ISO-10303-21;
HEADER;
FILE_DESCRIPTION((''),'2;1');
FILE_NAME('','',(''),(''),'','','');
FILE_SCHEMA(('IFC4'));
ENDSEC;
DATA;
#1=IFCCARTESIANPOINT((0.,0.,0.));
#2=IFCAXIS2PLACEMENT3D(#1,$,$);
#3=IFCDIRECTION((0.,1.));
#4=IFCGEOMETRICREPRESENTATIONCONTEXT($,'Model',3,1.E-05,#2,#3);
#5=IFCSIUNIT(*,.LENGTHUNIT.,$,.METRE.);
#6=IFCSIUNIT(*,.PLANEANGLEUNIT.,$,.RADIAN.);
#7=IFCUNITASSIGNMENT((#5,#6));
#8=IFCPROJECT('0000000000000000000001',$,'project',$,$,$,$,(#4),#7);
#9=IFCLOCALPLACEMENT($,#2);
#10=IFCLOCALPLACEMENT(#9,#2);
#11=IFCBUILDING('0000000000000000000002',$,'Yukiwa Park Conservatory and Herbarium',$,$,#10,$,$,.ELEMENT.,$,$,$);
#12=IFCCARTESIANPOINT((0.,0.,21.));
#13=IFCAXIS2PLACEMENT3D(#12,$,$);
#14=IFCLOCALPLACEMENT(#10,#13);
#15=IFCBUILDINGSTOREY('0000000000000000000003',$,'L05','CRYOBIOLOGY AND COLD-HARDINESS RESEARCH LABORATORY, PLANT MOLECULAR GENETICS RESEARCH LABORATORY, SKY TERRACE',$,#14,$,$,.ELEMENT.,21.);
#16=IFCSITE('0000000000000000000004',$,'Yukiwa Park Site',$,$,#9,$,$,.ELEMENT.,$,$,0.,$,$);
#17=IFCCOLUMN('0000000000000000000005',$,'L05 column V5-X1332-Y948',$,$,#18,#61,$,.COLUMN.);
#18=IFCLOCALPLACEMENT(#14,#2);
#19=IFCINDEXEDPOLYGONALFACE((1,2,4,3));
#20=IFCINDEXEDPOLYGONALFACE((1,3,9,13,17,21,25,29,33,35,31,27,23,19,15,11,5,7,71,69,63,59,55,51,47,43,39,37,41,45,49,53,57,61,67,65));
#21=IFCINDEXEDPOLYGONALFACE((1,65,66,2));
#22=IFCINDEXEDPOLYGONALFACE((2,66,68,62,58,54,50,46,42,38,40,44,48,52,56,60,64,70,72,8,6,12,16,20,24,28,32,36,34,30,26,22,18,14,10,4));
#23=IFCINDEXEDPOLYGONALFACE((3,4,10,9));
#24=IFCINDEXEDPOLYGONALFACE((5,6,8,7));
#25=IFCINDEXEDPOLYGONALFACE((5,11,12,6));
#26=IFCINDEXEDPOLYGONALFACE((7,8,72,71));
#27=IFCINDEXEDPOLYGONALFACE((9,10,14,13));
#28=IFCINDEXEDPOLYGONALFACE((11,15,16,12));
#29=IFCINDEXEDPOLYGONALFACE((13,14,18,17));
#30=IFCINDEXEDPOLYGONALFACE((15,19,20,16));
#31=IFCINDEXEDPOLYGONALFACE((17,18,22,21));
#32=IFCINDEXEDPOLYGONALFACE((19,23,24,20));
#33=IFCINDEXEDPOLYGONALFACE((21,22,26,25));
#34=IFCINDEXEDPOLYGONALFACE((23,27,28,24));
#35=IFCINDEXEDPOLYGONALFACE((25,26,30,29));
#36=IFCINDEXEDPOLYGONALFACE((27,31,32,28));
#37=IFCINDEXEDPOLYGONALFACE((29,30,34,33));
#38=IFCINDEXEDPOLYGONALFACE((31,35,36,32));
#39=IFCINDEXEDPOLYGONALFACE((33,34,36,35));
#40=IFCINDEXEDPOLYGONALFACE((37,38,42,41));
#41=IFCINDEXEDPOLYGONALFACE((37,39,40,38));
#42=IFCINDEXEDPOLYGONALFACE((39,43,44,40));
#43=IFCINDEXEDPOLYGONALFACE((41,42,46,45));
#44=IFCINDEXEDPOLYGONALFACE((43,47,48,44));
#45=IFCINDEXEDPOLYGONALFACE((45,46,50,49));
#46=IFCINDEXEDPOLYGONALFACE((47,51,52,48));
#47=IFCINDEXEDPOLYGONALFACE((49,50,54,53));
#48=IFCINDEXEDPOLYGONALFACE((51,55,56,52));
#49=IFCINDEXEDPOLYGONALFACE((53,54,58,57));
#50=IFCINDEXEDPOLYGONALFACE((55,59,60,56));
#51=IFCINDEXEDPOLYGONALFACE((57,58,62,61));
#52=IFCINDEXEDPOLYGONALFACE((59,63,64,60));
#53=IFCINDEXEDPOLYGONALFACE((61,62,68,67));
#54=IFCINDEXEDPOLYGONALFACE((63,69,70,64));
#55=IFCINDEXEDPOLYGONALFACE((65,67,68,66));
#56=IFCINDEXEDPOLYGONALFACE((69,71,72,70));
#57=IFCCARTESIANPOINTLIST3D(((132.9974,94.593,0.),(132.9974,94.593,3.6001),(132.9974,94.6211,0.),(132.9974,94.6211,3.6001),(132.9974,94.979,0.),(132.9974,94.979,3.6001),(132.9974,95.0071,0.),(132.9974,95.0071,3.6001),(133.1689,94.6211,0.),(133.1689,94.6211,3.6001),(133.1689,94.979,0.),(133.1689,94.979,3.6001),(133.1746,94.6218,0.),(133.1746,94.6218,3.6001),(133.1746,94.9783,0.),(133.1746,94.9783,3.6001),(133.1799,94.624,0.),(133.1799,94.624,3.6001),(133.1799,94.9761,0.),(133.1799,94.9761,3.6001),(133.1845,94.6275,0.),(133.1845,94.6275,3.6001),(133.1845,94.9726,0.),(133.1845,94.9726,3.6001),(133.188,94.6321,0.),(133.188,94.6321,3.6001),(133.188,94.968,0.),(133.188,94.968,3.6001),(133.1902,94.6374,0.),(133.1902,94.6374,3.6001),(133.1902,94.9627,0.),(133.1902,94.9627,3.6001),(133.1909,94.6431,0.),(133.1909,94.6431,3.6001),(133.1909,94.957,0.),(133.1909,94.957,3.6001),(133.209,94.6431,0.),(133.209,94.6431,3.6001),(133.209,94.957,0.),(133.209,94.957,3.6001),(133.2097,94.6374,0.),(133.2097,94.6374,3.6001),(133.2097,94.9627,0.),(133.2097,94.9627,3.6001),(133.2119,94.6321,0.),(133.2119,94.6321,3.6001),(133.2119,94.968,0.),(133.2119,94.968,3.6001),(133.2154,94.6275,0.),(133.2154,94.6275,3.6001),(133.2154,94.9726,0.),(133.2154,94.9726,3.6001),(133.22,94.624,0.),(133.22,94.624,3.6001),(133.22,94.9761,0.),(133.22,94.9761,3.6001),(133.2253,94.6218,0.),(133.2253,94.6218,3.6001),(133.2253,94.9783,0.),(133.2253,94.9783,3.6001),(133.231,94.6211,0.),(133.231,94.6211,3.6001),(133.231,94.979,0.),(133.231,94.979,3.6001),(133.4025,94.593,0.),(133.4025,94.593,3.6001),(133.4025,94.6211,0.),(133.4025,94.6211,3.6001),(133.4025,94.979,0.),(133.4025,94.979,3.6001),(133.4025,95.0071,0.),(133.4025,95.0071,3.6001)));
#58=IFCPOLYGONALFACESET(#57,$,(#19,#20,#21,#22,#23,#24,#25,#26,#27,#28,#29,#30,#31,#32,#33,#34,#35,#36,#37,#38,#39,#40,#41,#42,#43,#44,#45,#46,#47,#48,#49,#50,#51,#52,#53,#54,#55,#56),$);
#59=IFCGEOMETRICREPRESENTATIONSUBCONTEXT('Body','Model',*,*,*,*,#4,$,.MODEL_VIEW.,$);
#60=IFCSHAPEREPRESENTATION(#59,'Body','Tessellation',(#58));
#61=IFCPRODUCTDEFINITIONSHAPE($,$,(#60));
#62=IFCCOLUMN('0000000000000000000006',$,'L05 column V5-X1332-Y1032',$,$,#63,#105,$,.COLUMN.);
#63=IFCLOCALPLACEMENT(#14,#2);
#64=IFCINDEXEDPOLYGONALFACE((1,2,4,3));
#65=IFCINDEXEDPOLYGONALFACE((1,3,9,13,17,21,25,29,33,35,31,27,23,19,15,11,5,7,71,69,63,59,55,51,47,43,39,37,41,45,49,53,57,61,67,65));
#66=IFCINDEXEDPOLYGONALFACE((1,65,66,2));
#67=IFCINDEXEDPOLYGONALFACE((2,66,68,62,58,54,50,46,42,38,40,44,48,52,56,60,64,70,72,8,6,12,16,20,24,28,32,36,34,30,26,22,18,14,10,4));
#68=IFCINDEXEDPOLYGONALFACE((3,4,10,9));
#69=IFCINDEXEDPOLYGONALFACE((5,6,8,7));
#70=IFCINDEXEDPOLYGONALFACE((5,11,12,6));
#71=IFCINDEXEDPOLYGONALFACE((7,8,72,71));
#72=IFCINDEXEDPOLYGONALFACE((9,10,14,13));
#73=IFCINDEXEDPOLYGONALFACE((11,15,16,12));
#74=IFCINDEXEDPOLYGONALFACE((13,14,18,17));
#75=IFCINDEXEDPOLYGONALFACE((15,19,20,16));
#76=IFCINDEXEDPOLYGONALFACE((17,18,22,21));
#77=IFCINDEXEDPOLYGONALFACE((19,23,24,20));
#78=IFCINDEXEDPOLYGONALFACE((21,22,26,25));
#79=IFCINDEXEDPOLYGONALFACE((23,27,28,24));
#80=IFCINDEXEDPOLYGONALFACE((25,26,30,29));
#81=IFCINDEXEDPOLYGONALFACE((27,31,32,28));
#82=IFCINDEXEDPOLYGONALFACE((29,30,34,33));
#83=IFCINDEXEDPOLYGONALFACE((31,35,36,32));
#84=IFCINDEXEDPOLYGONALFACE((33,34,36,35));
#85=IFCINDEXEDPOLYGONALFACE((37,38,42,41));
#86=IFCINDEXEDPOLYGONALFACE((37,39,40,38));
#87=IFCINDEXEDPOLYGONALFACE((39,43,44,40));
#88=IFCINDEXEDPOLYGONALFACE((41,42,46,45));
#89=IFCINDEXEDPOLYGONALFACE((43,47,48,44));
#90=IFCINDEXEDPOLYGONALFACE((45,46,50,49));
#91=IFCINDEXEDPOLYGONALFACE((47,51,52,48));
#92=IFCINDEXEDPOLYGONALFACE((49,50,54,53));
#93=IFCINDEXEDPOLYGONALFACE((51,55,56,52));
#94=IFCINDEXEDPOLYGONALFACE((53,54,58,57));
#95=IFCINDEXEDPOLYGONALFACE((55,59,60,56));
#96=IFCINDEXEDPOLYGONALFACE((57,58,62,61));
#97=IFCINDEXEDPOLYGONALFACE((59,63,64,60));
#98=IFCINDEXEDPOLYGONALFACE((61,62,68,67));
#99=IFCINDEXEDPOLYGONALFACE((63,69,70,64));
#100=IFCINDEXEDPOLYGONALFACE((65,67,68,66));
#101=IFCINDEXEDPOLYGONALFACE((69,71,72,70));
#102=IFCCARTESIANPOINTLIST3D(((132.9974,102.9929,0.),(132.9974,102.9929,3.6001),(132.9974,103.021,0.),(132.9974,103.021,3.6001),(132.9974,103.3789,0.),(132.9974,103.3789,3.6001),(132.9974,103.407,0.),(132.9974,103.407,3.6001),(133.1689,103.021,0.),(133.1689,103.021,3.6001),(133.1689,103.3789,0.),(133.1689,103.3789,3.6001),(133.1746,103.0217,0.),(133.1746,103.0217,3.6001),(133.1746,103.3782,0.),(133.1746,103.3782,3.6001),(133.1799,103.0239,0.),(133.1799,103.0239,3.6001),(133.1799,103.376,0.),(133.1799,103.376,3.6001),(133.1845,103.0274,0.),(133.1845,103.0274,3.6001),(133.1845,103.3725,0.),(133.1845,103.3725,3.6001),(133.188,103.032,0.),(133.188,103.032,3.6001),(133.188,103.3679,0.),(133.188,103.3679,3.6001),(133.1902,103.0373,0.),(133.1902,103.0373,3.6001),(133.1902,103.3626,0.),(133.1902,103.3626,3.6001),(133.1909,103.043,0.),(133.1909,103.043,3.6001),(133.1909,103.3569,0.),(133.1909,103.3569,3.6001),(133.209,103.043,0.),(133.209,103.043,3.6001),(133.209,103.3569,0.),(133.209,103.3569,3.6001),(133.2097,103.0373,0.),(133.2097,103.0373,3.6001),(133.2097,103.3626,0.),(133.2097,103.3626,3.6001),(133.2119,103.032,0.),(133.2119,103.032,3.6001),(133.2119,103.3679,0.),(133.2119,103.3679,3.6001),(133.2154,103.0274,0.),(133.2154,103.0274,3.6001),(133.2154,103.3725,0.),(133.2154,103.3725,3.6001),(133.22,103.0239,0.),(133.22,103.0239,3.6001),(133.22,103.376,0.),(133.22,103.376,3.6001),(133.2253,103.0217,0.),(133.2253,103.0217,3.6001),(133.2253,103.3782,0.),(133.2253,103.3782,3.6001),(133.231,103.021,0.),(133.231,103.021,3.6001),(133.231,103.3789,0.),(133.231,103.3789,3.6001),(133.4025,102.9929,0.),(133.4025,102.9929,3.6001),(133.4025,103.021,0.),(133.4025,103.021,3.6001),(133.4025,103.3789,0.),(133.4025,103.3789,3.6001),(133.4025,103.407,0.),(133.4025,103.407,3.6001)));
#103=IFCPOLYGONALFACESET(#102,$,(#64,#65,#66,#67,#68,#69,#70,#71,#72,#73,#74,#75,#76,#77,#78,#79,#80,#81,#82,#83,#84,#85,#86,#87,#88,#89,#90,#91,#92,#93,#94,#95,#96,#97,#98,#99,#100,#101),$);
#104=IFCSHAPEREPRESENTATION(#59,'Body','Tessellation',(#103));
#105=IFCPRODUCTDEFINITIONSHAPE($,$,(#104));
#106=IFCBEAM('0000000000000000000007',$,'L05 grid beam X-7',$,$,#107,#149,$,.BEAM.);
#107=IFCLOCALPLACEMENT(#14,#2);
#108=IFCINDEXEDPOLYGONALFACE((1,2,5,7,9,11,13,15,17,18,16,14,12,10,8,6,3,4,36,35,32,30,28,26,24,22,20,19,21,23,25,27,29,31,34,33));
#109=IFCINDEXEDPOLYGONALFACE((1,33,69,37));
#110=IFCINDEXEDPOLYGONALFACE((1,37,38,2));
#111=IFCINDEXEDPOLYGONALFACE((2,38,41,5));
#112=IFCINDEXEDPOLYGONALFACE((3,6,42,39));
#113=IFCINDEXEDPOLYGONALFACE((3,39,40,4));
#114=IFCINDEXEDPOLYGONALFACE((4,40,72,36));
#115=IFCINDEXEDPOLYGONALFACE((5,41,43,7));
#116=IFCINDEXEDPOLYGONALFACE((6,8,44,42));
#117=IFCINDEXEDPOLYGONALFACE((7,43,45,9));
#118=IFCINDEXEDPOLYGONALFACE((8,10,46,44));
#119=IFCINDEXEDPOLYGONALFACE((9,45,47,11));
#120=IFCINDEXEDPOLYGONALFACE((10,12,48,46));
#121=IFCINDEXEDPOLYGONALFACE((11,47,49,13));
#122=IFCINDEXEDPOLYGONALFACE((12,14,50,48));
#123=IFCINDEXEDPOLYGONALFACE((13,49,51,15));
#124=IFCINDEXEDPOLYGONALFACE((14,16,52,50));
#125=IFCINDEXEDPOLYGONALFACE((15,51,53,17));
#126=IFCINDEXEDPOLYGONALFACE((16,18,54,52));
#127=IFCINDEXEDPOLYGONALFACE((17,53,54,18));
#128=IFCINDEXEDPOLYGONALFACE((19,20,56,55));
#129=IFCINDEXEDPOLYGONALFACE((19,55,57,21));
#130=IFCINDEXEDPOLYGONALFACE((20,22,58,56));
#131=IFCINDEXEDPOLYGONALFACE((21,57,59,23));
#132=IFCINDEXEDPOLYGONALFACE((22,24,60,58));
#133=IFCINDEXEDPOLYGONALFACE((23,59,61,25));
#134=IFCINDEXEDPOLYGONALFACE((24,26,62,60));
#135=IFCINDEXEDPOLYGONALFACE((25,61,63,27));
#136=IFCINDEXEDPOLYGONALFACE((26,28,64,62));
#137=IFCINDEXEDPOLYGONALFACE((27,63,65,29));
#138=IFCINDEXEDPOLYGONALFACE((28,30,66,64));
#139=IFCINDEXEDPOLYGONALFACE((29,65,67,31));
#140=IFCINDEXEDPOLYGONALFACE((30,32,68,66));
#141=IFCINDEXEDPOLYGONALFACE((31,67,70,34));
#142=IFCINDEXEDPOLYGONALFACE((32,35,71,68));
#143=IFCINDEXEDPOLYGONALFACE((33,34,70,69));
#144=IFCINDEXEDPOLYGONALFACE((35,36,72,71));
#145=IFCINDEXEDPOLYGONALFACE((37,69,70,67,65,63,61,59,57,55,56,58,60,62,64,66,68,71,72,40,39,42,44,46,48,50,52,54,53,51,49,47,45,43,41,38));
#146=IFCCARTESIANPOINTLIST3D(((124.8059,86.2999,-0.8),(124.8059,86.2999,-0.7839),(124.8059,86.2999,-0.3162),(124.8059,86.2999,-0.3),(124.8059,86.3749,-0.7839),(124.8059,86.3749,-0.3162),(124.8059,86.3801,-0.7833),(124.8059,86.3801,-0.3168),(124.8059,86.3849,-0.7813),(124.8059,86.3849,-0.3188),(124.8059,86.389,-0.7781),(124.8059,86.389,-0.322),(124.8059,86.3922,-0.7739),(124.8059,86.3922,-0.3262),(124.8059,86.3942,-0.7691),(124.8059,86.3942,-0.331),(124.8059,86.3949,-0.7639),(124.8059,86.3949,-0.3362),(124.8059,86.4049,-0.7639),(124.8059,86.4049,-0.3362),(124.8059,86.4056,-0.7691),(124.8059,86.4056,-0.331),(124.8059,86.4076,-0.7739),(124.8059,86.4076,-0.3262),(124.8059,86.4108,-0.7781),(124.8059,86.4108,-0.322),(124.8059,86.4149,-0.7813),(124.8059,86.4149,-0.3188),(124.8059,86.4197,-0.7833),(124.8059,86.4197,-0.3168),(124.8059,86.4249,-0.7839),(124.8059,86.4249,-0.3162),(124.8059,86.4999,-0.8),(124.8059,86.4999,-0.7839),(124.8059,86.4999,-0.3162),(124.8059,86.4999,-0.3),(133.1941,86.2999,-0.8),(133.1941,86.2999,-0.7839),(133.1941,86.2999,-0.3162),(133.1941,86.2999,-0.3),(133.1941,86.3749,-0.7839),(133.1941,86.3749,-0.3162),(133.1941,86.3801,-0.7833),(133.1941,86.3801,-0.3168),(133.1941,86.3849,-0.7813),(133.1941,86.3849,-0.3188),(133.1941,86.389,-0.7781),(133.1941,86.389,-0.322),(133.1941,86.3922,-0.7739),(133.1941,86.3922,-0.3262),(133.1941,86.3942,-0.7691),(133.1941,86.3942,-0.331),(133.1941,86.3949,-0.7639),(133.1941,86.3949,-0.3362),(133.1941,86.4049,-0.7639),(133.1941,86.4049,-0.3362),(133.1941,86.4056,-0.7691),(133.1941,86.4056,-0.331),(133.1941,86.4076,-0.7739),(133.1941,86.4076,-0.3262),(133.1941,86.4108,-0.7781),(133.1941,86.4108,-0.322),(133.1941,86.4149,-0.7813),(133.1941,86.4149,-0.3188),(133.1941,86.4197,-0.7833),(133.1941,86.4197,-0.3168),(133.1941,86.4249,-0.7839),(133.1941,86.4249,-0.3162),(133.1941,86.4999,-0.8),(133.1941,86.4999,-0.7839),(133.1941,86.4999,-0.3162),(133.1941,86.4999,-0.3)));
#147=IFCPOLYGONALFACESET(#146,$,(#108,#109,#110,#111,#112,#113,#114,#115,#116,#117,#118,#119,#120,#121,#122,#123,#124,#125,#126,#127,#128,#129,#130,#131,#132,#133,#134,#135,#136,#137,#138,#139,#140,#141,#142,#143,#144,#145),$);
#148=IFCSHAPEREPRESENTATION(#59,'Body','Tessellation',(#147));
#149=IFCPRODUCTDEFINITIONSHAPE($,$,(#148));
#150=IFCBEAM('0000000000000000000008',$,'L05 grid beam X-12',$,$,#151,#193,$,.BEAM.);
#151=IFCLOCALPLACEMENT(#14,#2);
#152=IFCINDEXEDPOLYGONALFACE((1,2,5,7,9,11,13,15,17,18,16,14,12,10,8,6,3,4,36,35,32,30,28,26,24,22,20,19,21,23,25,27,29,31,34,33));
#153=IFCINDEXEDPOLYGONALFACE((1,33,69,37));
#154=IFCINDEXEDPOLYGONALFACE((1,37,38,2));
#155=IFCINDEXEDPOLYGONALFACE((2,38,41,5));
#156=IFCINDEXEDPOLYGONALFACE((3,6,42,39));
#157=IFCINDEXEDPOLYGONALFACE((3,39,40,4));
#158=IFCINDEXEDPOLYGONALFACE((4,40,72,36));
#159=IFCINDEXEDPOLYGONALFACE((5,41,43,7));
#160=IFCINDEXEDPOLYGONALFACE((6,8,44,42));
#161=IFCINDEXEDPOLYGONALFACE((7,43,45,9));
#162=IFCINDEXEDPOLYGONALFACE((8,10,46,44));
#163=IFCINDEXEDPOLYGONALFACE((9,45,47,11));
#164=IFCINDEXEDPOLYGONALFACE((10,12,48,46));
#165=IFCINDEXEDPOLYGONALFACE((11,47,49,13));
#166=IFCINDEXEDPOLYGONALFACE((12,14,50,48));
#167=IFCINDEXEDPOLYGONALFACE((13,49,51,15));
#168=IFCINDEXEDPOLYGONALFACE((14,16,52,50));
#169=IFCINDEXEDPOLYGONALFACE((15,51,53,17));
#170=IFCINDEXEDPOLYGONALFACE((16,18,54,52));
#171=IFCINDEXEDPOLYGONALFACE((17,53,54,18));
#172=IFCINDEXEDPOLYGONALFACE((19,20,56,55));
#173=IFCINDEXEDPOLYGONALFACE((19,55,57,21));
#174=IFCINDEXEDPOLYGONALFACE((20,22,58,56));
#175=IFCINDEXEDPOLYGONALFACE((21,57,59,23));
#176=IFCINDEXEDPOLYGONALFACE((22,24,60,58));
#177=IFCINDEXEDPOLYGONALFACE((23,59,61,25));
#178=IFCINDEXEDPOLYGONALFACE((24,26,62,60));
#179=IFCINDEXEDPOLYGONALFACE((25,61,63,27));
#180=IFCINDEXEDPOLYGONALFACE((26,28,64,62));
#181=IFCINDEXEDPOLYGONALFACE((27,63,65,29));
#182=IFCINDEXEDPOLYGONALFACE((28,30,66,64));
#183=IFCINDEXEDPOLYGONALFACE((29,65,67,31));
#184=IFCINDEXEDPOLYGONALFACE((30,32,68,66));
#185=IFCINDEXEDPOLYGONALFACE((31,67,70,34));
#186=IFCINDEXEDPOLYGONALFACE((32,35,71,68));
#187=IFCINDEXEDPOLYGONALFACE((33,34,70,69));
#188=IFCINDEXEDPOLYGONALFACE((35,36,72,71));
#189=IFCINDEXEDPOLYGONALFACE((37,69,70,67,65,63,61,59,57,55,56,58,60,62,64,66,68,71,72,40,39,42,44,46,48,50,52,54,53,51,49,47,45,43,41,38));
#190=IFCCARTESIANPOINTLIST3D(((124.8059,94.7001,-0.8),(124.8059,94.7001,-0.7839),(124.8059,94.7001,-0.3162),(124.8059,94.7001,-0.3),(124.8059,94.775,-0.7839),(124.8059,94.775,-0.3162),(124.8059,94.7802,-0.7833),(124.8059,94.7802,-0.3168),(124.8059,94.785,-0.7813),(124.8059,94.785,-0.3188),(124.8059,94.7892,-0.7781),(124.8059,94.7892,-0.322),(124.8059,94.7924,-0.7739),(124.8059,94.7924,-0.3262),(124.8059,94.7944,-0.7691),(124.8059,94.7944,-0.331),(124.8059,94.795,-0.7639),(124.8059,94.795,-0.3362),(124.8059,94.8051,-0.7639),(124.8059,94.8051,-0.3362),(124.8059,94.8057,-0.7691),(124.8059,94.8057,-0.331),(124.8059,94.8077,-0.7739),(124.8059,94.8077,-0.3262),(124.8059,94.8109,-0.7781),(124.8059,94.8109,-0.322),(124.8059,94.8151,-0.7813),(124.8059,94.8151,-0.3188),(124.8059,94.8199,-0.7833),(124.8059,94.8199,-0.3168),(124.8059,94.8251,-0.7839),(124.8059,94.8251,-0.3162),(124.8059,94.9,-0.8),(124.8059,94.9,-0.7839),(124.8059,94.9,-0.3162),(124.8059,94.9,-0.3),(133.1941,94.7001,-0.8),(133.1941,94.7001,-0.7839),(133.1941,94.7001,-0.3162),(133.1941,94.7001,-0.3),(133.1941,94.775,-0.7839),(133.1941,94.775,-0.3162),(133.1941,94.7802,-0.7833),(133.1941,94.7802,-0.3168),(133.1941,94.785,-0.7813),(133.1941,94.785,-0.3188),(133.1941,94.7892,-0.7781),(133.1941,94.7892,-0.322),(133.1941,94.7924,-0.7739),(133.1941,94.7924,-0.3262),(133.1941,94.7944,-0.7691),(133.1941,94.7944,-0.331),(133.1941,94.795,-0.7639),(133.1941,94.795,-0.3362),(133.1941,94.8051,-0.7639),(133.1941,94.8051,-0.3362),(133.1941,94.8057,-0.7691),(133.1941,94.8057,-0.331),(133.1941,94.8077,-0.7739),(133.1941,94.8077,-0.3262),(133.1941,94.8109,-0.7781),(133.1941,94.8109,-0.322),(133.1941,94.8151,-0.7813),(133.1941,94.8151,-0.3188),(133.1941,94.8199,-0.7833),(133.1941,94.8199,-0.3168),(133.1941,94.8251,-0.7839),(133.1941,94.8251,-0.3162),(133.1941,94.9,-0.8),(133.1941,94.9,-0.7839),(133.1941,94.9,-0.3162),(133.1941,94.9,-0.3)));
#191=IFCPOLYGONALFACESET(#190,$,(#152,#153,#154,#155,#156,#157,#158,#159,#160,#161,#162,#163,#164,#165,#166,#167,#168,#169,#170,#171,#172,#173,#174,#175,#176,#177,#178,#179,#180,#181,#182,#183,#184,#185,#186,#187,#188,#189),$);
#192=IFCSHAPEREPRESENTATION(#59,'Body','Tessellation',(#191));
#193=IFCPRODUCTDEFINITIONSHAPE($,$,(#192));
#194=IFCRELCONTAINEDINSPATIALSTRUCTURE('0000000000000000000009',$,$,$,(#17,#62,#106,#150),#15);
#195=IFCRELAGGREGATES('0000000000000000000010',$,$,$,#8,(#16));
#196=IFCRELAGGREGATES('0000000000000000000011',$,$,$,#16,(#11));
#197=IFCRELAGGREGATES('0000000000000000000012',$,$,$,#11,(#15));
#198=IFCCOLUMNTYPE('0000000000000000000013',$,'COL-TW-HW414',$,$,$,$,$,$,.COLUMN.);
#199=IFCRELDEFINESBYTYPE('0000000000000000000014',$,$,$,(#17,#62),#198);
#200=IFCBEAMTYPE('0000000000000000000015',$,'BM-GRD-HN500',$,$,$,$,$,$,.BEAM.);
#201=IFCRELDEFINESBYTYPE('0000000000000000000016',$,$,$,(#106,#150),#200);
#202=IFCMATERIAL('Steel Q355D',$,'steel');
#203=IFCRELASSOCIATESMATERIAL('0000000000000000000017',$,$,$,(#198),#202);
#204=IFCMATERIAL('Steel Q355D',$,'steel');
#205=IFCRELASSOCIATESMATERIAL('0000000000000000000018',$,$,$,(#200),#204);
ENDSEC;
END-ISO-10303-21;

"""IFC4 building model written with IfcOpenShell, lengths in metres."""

from ifc_helpers import new_model, si_unit, direction, frame, origin, origin_2d, place, context, subcontext, project, spatial, i_section, extrude, material, material_profile, profile_set, type_object, element, save


model = new_model("IFC4")

# Units and contexts
model_context = context("Model", 3, precision=1e-05, world=origin(), true_north=direction((0.0, 1.0)))
body_context = subcontext(model_context, "Body", "Model", "MODEL_VIEW")
ifc_project = project(units=[si_unit("LENGTHUNIT", "METRE"), si_unit("PLANEANGLEUNIT", "RADIAN")], contexts=[model_context])

# Site, building, storey
site_placement = place(None, origin())
site = spatial("IfcSite", under=ifc_project, at=site_placement, Name="Yukiwa Park Site", CompositionType="ELEMENT", RefElevation=0.0)
building_placement = place(site_placement, origin())
building = spatial("IfcBuilding", under=site, at=building_placement, Name="Yukiwa Park Conservatory and Herbarium", CompositionType="ELEMENT")
storey_placement = place(building_placement, frame((0.0, 0.0, 21.0)))
storey = spatial("IfcBuildingStorey", under=building, at=storey_placement, Name="L05", Description="CRYOBIOLOGY AND COLD-HARDINESS RESEARCH LABORATORY, PLANT MOLECULAR GENETICS RESEARCH LABORATORY, SKY TERRACE", CompositionType="ELEMENT", Elevation=21.0)

# Columns
ifc_material_1 = material(Name="Steel Q355D", Category="steel")
ifc_material_profile_1 = material_profile(ifc_material_1, i_section(OverallWidth=0.405, OverallDepth=0.4141, WebThickness=0.0181, FlangeThickness=0.0281, FilletRadius=0.022, at=origin_2d()), Name="HW 414x405x18x28")
ifc_profile_set_1 = profile_set([ifc_material_profile_1], Name="Steel Q355D")
column_type_1 = type_object("IfcColumnType", Name="COL-TW-HW414", PredefinedType="COLUMN", material=ifc_profile_set_1)
for number, where, z_axis, x_axis, name in (
    (1, (133.2, 94.8, 0.0), (0.0, 0.0, 1.0), (1.0, 0.0, 0.0), "L05 column V5-X1332-Y948"),
    (2, (133.2, 103.2, 0.0), (0.0, 0.0, 1.0), (1.0, 0.0, 0.0), "L05 column V5-X1332-Y1032"),
):
    element("IfcColumn", number, at=place(storey_placement, frame(where, z_axis=z_axis, x_axis=x_axis)), inside=storey, type_object=column_type_1, Name=name, PredefinedType="COLUMN", context=body_context, shape_type="SweptSolid", body=[
        extrude(i_section(OverallWidth=0.405, OverallDepth=0.4141, WebThickness=0.0181, FlangeThickness=0.0281, FilletRadius=0.022, at=origin_2d()), origin(), (0.0, 0.0, 1.0), 3.6001),
    ])

# Beams
ifc_material_2 = material(Name="Steel Q355D", Category="steel")
ifc_material_profile_2 = material_profile(ifc_material_2, i_section(OverallWidth=0.2, OverallDepth=0.5, WebThickness=0.01, FlangeThickness=0.0161, FilletRadius=0.02, at=origin_2d()), Name="HN 500x200x10x16")
ifc_profile_set_2 = profile_set([ifc_material_profile_2], Name="Steel Q355D")
beam_type_1 = type_object("IfcBeamType", Name="BM-GRD-HN500", PredefinedType="BEAM", material=ifc_profile_set_2)
for number, where, z_axis, x_axis, name in (
    (3, (124.8059, 86.3999, -0.55), (1.0, 0.0, 0.0), (0.0, 1.0, 0.0), "L05 grid beam X-7"),
    (4, (124.8059, 94.8, -0.55), (1.0, 0.0, 0.0), (0.0, 1.0, 0.0), "L05 grid beam X-12"),
):
    element("IfcBeam", number, at=place(storey_placement, frame(where, z_axis=z_axis, x_axis=x_axis)), inside=storey, type_object=beam_type_1, Name=name, PredefinedType="BEAM", context=body_context, shape_type="SweptSolid", body=[
        extrude(i_section(OverallWidth=0.2, OverallDepth=0.5, WebThickness=0.01, FlangeThickness=0.0161, FilletRadius=0.02, at=origin_2d()), origin(), (0.0, 0.0, 1.0), 8.3882),
    ])

save(model, "model.ifc")
